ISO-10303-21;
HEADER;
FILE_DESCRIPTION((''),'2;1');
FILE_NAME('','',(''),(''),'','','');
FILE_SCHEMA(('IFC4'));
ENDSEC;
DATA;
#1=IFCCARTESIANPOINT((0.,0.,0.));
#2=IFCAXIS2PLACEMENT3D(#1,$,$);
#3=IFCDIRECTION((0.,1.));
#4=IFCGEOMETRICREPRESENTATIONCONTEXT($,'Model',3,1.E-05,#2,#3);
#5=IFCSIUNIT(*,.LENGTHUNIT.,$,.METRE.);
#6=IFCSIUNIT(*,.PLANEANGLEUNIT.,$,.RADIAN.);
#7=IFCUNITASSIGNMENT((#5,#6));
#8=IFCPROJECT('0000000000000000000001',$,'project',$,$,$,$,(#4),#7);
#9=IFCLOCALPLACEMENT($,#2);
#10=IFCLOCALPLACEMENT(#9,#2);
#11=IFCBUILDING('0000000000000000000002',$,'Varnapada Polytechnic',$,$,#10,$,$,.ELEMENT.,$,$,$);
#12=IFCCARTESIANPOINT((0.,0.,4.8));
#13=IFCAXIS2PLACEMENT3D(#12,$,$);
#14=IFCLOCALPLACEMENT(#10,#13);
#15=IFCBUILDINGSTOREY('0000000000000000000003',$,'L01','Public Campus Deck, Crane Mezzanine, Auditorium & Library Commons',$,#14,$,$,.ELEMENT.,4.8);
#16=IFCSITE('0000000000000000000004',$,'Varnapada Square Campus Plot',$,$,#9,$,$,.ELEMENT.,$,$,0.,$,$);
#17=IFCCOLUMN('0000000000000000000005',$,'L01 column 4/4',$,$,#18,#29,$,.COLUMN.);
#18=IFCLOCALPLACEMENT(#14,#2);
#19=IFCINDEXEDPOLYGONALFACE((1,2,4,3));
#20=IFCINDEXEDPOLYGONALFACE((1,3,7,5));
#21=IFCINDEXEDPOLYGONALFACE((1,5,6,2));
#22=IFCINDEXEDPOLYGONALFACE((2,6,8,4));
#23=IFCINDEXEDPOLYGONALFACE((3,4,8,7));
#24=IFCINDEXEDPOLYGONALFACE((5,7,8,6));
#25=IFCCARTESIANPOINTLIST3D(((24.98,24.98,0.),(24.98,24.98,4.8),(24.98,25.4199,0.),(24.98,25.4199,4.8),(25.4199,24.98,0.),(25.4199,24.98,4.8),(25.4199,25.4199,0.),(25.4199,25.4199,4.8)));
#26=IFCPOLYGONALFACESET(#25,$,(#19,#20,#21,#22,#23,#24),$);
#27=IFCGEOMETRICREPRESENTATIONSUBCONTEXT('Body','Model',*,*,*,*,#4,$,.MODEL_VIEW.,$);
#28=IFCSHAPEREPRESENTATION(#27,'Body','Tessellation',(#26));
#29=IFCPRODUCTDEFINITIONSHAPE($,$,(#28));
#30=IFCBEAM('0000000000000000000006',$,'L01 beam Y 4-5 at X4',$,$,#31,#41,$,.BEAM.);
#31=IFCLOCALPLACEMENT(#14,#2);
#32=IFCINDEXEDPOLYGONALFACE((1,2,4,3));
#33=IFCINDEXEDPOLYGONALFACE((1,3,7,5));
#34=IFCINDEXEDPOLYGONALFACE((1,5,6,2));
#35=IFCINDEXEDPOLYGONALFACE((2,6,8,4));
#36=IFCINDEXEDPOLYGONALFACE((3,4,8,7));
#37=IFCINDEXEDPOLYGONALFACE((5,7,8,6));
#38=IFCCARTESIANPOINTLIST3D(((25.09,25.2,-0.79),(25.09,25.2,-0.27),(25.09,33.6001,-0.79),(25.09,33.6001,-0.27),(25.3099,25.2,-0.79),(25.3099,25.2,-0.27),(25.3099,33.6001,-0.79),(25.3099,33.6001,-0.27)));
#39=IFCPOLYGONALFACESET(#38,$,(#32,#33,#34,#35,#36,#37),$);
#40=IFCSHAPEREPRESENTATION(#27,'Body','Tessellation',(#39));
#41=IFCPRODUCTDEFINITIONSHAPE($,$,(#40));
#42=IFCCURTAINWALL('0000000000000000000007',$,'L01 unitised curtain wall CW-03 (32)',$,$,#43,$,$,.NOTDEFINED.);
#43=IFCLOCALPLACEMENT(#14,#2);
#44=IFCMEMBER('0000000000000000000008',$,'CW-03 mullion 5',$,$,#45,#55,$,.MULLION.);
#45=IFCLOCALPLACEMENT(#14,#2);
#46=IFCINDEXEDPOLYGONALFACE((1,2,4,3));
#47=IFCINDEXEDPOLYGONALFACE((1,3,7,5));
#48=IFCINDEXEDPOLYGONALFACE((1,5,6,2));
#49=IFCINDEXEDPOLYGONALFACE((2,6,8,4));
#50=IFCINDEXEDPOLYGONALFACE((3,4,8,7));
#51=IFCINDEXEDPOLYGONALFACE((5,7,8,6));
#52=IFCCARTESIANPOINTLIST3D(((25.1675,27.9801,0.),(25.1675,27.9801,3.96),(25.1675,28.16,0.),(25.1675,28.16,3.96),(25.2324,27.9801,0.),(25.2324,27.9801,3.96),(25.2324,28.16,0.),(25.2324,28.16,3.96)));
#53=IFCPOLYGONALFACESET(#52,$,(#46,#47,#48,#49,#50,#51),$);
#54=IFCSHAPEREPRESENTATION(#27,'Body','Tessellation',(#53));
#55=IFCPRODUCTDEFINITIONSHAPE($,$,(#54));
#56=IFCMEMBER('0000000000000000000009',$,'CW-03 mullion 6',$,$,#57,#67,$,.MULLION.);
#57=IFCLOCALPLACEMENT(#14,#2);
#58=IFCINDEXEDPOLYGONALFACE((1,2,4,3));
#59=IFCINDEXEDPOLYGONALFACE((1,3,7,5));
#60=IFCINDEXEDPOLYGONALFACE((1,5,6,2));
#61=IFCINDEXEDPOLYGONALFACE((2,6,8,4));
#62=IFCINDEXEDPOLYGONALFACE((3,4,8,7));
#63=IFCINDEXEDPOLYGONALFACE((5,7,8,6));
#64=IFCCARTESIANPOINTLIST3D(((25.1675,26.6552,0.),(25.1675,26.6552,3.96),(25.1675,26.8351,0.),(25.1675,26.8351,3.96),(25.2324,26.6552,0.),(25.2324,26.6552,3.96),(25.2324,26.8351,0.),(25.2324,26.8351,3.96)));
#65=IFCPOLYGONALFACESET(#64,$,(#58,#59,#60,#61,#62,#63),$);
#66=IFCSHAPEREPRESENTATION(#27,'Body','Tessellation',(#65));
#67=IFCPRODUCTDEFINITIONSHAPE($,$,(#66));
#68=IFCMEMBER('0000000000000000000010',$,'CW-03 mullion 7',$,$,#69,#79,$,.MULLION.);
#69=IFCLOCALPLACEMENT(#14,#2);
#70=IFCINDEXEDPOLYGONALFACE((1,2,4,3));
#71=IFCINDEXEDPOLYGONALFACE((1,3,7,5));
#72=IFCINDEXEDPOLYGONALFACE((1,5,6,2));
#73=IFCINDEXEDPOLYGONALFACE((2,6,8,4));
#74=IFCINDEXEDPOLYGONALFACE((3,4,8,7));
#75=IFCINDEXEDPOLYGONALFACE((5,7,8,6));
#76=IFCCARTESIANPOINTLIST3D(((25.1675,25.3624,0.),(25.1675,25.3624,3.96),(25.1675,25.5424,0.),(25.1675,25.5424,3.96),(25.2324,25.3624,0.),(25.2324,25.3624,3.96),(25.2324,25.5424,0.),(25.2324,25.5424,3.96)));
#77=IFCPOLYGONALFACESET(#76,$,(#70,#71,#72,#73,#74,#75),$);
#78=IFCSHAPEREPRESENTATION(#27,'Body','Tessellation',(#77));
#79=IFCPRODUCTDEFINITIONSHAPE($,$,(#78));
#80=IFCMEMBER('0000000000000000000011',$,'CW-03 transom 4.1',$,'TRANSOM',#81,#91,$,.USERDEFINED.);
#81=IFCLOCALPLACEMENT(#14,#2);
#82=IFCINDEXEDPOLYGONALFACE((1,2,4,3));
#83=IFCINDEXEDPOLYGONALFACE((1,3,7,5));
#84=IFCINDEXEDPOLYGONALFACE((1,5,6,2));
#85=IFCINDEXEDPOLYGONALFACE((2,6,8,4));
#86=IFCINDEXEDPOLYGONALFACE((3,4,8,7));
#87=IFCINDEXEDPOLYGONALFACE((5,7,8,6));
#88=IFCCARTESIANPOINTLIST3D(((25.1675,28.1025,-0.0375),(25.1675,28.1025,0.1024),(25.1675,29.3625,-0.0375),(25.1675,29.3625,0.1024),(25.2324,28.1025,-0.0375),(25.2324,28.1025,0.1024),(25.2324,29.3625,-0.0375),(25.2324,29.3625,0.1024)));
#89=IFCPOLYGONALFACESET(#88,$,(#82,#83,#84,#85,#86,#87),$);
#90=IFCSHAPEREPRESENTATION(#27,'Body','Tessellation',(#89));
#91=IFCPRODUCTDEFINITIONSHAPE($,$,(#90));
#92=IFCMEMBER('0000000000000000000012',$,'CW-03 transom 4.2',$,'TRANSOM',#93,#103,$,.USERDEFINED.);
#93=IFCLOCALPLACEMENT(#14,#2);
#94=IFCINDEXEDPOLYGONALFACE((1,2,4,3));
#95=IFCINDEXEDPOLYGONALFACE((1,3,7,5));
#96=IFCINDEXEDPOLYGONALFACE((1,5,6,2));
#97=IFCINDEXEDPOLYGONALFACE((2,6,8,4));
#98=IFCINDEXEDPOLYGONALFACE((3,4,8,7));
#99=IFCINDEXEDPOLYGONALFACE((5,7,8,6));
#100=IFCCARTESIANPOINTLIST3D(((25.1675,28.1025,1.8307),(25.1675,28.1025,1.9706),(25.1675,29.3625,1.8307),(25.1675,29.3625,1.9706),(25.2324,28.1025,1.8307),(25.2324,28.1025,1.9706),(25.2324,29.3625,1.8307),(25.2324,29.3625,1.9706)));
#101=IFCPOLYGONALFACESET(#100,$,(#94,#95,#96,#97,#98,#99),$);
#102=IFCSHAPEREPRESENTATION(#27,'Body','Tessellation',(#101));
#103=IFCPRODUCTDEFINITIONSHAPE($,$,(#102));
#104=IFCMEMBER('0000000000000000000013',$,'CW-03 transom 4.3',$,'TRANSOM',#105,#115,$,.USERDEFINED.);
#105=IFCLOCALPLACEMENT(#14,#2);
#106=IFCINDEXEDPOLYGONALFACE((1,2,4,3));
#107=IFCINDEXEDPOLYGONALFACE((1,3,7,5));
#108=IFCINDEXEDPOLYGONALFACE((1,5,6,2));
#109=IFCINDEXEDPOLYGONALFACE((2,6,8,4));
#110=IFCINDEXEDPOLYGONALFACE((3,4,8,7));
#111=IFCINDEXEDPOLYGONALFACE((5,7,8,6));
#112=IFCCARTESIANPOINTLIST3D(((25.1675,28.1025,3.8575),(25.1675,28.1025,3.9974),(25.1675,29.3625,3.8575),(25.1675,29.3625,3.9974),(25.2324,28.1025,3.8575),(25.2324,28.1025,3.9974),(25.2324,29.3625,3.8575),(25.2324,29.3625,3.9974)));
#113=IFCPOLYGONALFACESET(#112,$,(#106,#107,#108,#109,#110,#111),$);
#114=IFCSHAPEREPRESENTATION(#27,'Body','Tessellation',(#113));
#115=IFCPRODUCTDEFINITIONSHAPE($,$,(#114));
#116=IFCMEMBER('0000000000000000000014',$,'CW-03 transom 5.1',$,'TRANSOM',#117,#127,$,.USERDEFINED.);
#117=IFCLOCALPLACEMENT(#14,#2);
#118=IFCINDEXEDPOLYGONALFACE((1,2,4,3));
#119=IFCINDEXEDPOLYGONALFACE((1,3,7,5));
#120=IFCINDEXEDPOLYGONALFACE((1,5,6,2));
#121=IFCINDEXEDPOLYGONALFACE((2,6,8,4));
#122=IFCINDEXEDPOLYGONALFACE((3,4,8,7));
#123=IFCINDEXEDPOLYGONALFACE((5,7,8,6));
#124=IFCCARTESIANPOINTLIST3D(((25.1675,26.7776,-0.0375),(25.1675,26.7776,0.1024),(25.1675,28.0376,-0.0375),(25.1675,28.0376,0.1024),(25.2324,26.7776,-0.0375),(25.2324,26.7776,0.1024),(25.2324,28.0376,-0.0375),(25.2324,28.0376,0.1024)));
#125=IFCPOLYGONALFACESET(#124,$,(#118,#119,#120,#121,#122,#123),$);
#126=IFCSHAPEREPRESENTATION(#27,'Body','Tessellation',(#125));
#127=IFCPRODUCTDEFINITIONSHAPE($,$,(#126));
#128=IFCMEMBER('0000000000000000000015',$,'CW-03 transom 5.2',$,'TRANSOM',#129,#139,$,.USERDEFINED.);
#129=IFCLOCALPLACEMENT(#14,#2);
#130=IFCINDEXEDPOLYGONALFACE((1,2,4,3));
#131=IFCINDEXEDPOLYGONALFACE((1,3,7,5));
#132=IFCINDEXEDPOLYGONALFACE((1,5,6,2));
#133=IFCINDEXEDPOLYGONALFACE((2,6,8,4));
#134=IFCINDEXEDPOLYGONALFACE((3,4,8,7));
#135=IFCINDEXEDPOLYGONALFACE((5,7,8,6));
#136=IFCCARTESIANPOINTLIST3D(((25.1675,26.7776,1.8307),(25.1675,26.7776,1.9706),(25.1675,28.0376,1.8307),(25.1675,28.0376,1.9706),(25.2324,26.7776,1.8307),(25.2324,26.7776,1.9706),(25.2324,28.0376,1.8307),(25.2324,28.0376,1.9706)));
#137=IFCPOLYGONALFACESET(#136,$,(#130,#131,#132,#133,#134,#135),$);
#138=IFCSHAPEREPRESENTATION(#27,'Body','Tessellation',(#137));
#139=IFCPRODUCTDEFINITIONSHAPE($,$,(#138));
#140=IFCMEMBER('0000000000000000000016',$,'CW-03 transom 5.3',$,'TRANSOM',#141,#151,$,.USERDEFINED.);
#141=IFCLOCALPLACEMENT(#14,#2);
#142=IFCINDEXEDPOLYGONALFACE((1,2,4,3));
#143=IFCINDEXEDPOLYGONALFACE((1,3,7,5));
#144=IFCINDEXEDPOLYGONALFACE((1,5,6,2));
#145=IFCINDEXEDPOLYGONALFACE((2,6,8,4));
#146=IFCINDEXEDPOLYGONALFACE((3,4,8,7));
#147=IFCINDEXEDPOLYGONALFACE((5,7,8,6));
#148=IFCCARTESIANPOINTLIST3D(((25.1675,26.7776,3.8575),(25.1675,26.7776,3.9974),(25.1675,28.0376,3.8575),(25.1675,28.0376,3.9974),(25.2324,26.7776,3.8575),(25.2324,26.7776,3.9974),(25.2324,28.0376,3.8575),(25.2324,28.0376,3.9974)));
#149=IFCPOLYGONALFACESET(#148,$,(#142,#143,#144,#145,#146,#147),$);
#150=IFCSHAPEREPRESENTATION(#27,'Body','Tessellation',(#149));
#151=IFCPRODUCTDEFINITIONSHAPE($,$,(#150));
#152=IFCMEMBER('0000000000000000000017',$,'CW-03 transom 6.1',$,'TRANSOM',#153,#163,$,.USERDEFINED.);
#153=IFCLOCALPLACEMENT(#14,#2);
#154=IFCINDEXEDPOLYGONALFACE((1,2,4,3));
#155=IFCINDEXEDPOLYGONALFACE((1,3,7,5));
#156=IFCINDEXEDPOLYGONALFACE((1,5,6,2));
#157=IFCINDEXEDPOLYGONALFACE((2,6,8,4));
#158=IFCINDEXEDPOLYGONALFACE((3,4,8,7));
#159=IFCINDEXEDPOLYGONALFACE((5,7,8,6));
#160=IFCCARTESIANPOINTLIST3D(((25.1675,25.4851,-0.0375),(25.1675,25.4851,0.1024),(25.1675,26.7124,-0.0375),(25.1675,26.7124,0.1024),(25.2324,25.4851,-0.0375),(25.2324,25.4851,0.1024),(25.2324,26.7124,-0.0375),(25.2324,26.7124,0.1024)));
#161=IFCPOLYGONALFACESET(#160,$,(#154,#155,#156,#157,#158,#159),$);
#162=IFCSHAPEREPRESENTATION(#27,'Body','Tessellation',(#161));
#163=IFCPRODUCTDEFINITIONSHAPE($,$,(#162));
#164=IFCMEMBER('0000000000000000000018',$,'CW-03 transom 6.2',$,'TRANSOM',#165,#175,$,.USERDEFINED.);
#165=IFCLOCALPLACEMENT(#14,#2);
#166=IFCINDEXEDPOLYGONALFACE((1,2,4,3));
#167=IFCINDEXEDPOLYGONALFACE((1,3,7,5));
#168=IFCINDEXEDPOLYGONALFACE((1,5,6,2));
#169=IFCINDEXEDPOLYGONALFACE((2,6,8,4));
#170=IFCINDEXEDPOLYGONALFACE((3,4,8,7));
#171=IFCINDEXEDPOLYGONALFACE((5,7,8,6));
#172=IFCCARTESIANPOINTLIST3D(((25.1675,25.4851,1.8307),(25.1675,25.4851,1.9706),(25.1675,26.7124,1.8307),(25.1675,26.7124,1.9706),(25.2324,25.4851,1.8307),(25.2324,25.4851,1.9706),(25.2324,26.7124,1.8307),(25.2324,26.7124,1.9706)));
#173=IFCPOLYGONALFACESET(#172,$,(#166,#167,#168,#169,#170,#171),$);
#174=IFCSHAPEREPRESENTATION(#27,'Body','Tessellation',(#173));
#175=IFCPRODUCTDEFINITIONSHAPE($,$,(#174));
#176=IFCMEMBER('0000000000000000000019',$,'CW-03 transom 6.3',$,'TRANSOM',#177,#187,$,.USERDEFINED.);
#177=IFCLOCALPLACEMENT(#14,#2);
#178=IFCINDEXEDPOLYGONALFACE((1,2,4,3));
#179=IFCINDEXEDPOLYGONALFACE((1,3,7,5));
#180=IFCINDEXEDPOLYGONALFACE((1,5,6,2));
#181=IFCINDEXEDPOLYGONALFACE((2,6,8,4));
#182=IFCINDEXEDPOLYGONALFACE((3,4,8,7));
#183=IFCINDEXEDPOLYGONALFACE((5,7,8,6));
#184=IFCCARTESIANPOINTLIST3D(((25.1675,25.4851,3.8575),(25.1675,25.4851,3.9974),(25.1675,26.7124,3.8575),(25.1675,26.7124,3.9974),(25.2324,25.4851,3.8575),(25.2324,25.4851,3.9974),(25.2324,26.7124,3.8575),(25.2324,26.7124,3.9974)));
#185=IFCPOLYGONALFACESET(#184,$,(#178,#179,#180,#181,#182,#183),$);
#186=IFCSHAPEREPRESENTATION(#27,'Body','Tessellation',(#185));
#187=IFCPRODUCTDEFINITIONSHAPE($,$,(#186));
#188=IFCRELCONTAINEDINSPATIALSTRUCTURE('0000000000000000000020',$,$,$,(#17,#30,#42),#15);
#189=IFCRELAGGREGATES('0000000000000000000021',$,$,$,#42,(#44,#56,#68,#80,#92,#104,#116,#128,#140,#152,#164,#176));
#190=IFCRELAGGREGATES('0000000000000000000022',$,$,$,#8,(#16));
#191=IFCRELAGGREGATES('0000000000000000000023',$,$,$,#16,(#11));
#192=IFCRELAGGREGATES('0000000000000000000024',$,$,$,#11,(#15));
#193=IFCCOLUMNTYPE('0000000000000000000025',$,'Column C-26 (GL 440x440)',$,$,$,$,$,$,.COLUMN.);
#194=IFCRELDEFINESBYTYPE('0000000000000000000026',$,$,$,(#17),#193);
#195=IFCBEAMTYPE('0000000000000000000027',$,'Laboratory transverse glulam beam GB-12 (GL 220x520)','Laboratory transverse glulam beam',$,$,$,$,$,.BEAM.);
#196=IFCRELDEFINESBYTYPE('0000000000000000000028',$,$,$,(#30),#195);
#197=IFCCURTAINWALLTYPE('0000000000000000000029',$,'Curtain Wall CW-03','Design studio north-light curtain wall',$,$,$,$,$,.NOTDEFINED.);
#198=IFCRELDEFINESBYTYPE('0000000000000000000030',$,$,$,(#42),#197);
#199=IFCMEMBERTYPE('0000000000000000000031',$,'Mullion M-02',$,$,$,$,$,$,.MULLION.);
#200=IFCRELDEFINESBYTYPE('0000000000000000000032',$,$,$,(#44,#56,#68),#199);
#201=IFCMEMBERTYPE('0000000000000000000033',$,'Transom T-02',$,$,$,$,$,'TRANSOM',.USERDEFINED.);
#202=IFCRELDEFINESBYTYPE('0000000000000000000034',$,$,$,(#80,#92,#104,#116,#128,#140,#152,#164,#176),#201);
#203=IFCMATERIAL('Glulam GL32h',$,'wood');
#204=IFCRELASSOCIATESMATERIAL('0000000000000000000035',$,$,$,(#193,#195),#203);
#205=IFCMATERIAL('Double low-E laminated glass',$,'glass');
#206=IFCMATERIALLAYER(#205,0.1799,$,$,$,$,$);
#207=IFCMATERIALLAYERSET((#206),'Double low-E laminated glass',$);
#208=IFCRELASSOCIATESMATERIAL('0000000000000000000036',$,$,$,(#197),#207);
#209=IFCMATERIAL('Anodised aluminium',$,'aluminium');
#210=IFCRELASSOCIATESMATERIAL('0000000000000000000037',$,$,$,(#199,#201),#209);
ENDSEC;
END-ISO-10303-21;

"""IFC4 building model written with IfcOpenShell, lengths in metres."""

from ifc_helpers import new_model, si_unit, direction, frame, origin, origin_2d, place, context, subcontext, project, spatial, rectangle, extrude, material, layer, layer_set, material_profile, profile_set, type_object, element, aggregate, save


model = new_model("IFC4")

# Units and contexts
model_context = context("Model", 3, precision=1e-05, world=origin(), true_north=direction((0.0, 1.0)))
body_context = subcontext(model_context, "Body", "Model", "MODEL_VIEW")
ifc_project = project(units=[si_unit("LENGTHUNIT", "METRE"), si_unit("PLANEANGLEUNIT", "RADIAN")], contexts=[model_context])

# Site, building, storey
site_placement = place(None, origin())
site = spatial("IfcSite", under=ifc_project, at=site_placement, Name="Varnapada Square Campus Plot", CompositionType="ELEMENT", RefElevation=0.0)
building_placement = place(site_placement, origin())
building = spatial("IfcBuilding", under=site, at=building_placement, Name="Varnapada Polytechnic", CompositionType="ELEMENT")
storey_placement = place(building_placement, frame((0.0, 0.0, 4.8)))
storey = spatial("IfcBuildingStorey", under=building, at=storey_placement, Name="L01", Description="Public Campus Deck, Crane Mezzanine, Auditorium & Library Commons", CompositionType="ELEMENT", Elevation=4.8)

# Column
ifc_material_1 = material(Name="Glulam GL32h", Category="wood")
ifc_material_profile_1 = material_profile(ifc_material_1, rectangle(XDim=0.4399, YDim=0.4399, at=origin_2d()), Name="GL 440x440")
ifc_profile_set_1 = profile_set([ifc_material_profile_1], Name="Glulam GL32h")
column_type = type_object("IfcColumnType", Name="Column C-26 (GL 440x440)", PredefinedType="COLUMN", material=ifc_profile_set_1)
column_placement = place(storey_placement, frame((25.2, 25.2, 0.0), z_axis=(0.0, 0.0, 1.0), x_axis=(1.0, 0.0, 0.0)))
element("IfcColumn", 1, at=column_placement, inside=storey, type_object=column_type, Name="L01 column 4/4", PredefinedType="COLUMN", context=body_context, shape_type="SweptSolid", body=[
    extrude(rectangle(XDim=0.4399, YDim=0.4399, at=origin_2d()), origin(), (0.0, 0.0, 1.0), 4.8),
])

# Beam
ifc_material_profile_2 = material_profile(ifc_material_1, rectangle(XDim=0.22, YDim=0.52, at=origin_2d()), Name="GL 220x520")
ifc_profile_set_2 = profile_set([ifc_material_profile_2], Name="Glulam GL32h")
beam_type_1 = type_object("IfcBeamType", Name="Laboratory transverse glulam beam GB-12 (GL 220x520)", Description="Laboratory transverse glulam beam", PredefinedType="BEAM", material=ifc_profile_set_2)
beam_1_placement = place(storey_placement, frame((25.2, 25.2, -0.53), z_axis=(0.0, 1.0, 0.0), x_axis=(-1.0, 0.0, 0.0)))
element("IfcBeam", 2, at=beam_1_placement, inside=storey, type_object=beam_type_1, Name="L01 beam Y 4-5 at X4", PredefinedType="BEAM", context=body_context, shape_type="SweptSolid", body=[
    extrude(rectangle(XDim=0.22, YDim=0.52, at=origin_2d()), origin(), (0.0, 0.0, 1.0), 8.4001),
])

# Curtain wall, members
ifc_material_2 = material(Name="Double low-E laminated glass", Category="glass")
ifc_layer_1 = layer(ifc_material_2, 0.1799)
ifc_layer_set_1 = layer_set([ifc_layer_1], Name="Double low-E laminated glass")
curtain_wall_type = type_object("IfcCurtainWallType", Name="Curtain Wall CW-03", Description="Design studio north-light curtain wall", PredefinedType="NOTDEFINED", material=ifc_layer_set_1)
curtain_wall_placement = place(storey_placement, origin())
curtain_wall = element("IfcCurtainWall", 3, at=curtain_wall_placement, inside=storey, type_object=curtain_wall_type, Name="L01 unitised curtain wall CW-03 (32)", PredefinedType="NOTDEFINED")
ifc_material_3 = material(Name="Anodised aluminium", Category="aluminium")
ifc_material_profile_3 = material_profile(ifc_material_3, rectangle(XDim=0.0649, YDim=0.1799, at=origin_2d()), Name="ALU M65x180")
ifc_profile_set_3 = profile_set([ifc_material_profile_3], Name="Anodised aluminium")
member_type_1 = type_object("IfcMemberType", Name="Mullion M-02", PredefinedType="MULLION", material=ifc_profile_set_3)
member_1_placement = place(storey_placement, frame((25.2, 28.0701, 0.0), z_axis=(0.0, 0.0, 1.0), x_axis=(1.0, 0.0, 0.0)))
member_1 = element("IfcMember", 4, at=member_1_placement, type_object=member_type_1, Name="CW-03 mullion 5", PredefinedType="MULLION", context=body_context, shape_type="SweptSolid", body=[
    extrude(rectangle(XDim=0.0649, YDim=0.1799, at=origin_2d()), origin(), (0.0, 0.0, 1.0), 3.96),
])
member_2_placement = place(storey_placement, frame((25.2, 26.7451, 0.0), z_axis=(0.0, 0.0, 1.0), x_axis=(1.0, 0.0, 0.0)))
member_2 = element("IfcMember", 5, at=member_2_placement, type_object=member_type_1, Name="CW-03 mullion 6", PredefinedType="MULLION", context=body_context, shape_type="SweptSolid", body=[
    extrude(rectangle(XDim=0.0649, YDim=0.1799, at=origin_2d()), origin(), (0.0, 0.0, 1.0), 3.96),
])
member_3_placement = place(storey_placement, frame((25.2, 25.4524, 0.0), z_axis=(0.0, 0.0, 1.0), x_axis=(1.0, 0.0, 0.0)))
member_3 = element("IfcMember", 6, at=member_3_placement, type_object=member_type_1, Name="CW-03 mullion 7", PredefinedType="MULLION", context=body_context, shape_type="SweptSolid", body=[
    extrude(rectangle(XDim=0.0649, YDim=0.1799, at=origin_2d()), origin(), (0.0, 0.0, 1.0), 3.96),
])
ifc_material_profile_4 = material_profile(ifc_material_3, rectangle(XDim=0.0649, YDim=0.1399, at=origin_2d()), Name="ALU T65x140")
ifc_profile_set_4 = profile_set([ifc_material_profile_4], Name="Anodised aluminium")
member_type_2 = type_object("IfcMemberType", Name="Transom T-02", ElementType="TRANSOM", PredefinedType="USERDEFINED", material=ifc_profile_set_4)
member_4_placement = place(storey_placement, frame((25.2, 29.3625, 0.0325), z_axis=(0.0, -1.0, 0.0), x_axis=(1.0, 0.0, 0.0)))
member_4 = element("IfcMember", 7, at=member_4_placement, type_object=member_type_2, Name="CW-03 transom 4.1", ObjectType="TRANSOM", PredefinedType="USERDEFINED", context=body_context, shape_type="SweptSolid", body=[
    extrude(rectangle(XDim=0.0649, YDim=0.1399, at=origin_2d()), origin(), (0.0, 0.0, 1.0), 1.26),
])
member_5_placement = place(storey_placement, frame((25.2, 29.3625, 1.9006), z_axis=(0.0, -1.0, 0.0), x_axis=(1.0, 0.0, 0.0)))
member_5 = element("IfcMember", 8, at=member_5_placement, type_object=member_type_2, Name="CW-03 transom 4.2", ObjectType="TRANSOM", PredefinedType="USERDEFINED", context=body_context, shape_type="SweptSolid", body=[
    extrude(rectangle(XDim=0.0649, YDim=0.1399, at=origin_2d()), origin(), (0.0, 0.0, 1.0), 1.26),
])
member_6_placement = place(storey_placement, frame((25.2, 29.3625, 3.9275), z_axis=(0.0, -1.0, 0.0), x_axis=(1.0, 0.0, 0.0)))
member_6 = element("IfcMember", 9, at=member_6_placement, type_object=member_type_2, Name="CW-03 transom 4.3", ObjectType="TRANSOM", PredefinedType="USERDEFINED", context=body_context, shape_type="SweptSolid", body=[
    extrude(rectangle(XDim=0.0649, YDim=0.1399, at=origin_2d()), origin(), (0.0, 0.0, 1.0), 1.26),
])
member_7_placement = place(storey_placement, frame((25.2, 28.0376, 0.0325), z_axis=(0.0, -1.0, 0.0), x_axis=(1.0, 0.0, 0.0)))
member_7 = element("IfcMember", 10, at=member_7_placement, type_object=member_type_2, Name="CW-03 transom 5.1", ObjectType="TRANSOM", PredefinedType="USERDEFINED", context=body_context, shape_type="SweptSolid", body=[
    extrude(rectangle(XDim=0.0649, YDim=0.1399, at=origin_2d()), origin(), (0.0, 0.0, 1.0), 1.26),
])
member_8_placement = place(storey_placement, frame((25.2, 28.0376, 1.9006), z_axis=(0.0, -1.0, 0.0), x_axis=(1.0, 0.0, 0.0)))
member_8 = element("IfcMember", 11, at=member_8_placement, type_object=member_type_2, Name="CW-03 transom 5.2", ObjectType="TRANSOM", PredefinedType="USERDEFINED", context=body_context, shape_type="SweptSolid", body=[
    extrude(rectangle(XDim=0.0649, YDim=0.1399, at=origin_2d()), origin(), (0.0, 0.0, 1.0), 1.26),
])
member_9_placement = place(storey_placement, frame((25.2, 28.0376, 3.9275), z_axis=(0.0, -1.0, 0.0), x_axis=(1.0, 0.0, 0.0)))
member_9 = element("IfcMember", 12, at=member_9_placement, type_object=member_type_2, Name="CW-03 transom 5.3", ObjectType="TRANSOM", PredefinedType="USERDEFINED", context=body_context, shape_type="SweptSolid", body=[
    extrude(rectangle(XDim=0.0649, YDim=0.1399, at=origin_2d()), origin(), (0.0, 0.0, 1.0), 1.26),
])
member_10_placement = place(storey_placement, frame((25.2, 26.7124, 0.0325), z_axis=(0.0, -1.0, 0.0), x_axis=(1.0, 0.0, 0.0)))
member_10 = element("IfcMember", 13, at=member_10_placement, type_object=member_type_2, Name="CW-03 transom 6.1", ObjectType="TRANSOM", PredefinedType="USERDEFINED", context=body_context, shape_type="SweptSolid", body=[
    extrude(rectangle(XDim=0.0649, YDim=0.1399, at=origin_2d()), origin(), (0.0, 0.0, 1.0), 1.2273),
])
member_11_placement = place(storey_placement, frame((25.2, 26.7124, 1.9006), z_axis=(0.0, -1.0, 0.0), x_axis=(1.0, 0.0, 0.0)))
member_11 = element("IfcMember", 14, at=member_11_placement, type_object=member_type_2, Name="CW-03 transom 6.2", ObjectType="TRANSOM", PredefinedType="USERDEFINED", context=body_context, shape_type="SweptSolid", body=[
    extrude(rectangle(XDim=0.0649, YDim=0.1399, at=origin_2d()), origin(), (0.0, 0.0, 1.0), 1.2273),
])
member_12_placement = place(storey_placement, frame((25.2, 26.7124, 3.9275), z_axis=(0.0, -1.0, 0.0), x_axis=(1.0, 0.0, 0.0)))
member_12 = element("IfcMember", 15, at=member_12_placement, type_object=member_type_2, Name="CW-03 transom 6.3", ObjectType="TRANSOM", PredefinedType="USERDEFINED", context=body_context, shape_type="SweptSolid", body=[
    extrude(rectangle(XDim=0.0649, YDim=0.1399, at=origin_2d()), origin(), (0.0, 0.0, 1.0), 1.2273),
])

aggregate(curtain_wall, [member_1, member_2, member_3, member_4, member_5, member_6, member_7, member_8, member_9, member_10, member_11, member_12])

save(model, "model.ifc")
